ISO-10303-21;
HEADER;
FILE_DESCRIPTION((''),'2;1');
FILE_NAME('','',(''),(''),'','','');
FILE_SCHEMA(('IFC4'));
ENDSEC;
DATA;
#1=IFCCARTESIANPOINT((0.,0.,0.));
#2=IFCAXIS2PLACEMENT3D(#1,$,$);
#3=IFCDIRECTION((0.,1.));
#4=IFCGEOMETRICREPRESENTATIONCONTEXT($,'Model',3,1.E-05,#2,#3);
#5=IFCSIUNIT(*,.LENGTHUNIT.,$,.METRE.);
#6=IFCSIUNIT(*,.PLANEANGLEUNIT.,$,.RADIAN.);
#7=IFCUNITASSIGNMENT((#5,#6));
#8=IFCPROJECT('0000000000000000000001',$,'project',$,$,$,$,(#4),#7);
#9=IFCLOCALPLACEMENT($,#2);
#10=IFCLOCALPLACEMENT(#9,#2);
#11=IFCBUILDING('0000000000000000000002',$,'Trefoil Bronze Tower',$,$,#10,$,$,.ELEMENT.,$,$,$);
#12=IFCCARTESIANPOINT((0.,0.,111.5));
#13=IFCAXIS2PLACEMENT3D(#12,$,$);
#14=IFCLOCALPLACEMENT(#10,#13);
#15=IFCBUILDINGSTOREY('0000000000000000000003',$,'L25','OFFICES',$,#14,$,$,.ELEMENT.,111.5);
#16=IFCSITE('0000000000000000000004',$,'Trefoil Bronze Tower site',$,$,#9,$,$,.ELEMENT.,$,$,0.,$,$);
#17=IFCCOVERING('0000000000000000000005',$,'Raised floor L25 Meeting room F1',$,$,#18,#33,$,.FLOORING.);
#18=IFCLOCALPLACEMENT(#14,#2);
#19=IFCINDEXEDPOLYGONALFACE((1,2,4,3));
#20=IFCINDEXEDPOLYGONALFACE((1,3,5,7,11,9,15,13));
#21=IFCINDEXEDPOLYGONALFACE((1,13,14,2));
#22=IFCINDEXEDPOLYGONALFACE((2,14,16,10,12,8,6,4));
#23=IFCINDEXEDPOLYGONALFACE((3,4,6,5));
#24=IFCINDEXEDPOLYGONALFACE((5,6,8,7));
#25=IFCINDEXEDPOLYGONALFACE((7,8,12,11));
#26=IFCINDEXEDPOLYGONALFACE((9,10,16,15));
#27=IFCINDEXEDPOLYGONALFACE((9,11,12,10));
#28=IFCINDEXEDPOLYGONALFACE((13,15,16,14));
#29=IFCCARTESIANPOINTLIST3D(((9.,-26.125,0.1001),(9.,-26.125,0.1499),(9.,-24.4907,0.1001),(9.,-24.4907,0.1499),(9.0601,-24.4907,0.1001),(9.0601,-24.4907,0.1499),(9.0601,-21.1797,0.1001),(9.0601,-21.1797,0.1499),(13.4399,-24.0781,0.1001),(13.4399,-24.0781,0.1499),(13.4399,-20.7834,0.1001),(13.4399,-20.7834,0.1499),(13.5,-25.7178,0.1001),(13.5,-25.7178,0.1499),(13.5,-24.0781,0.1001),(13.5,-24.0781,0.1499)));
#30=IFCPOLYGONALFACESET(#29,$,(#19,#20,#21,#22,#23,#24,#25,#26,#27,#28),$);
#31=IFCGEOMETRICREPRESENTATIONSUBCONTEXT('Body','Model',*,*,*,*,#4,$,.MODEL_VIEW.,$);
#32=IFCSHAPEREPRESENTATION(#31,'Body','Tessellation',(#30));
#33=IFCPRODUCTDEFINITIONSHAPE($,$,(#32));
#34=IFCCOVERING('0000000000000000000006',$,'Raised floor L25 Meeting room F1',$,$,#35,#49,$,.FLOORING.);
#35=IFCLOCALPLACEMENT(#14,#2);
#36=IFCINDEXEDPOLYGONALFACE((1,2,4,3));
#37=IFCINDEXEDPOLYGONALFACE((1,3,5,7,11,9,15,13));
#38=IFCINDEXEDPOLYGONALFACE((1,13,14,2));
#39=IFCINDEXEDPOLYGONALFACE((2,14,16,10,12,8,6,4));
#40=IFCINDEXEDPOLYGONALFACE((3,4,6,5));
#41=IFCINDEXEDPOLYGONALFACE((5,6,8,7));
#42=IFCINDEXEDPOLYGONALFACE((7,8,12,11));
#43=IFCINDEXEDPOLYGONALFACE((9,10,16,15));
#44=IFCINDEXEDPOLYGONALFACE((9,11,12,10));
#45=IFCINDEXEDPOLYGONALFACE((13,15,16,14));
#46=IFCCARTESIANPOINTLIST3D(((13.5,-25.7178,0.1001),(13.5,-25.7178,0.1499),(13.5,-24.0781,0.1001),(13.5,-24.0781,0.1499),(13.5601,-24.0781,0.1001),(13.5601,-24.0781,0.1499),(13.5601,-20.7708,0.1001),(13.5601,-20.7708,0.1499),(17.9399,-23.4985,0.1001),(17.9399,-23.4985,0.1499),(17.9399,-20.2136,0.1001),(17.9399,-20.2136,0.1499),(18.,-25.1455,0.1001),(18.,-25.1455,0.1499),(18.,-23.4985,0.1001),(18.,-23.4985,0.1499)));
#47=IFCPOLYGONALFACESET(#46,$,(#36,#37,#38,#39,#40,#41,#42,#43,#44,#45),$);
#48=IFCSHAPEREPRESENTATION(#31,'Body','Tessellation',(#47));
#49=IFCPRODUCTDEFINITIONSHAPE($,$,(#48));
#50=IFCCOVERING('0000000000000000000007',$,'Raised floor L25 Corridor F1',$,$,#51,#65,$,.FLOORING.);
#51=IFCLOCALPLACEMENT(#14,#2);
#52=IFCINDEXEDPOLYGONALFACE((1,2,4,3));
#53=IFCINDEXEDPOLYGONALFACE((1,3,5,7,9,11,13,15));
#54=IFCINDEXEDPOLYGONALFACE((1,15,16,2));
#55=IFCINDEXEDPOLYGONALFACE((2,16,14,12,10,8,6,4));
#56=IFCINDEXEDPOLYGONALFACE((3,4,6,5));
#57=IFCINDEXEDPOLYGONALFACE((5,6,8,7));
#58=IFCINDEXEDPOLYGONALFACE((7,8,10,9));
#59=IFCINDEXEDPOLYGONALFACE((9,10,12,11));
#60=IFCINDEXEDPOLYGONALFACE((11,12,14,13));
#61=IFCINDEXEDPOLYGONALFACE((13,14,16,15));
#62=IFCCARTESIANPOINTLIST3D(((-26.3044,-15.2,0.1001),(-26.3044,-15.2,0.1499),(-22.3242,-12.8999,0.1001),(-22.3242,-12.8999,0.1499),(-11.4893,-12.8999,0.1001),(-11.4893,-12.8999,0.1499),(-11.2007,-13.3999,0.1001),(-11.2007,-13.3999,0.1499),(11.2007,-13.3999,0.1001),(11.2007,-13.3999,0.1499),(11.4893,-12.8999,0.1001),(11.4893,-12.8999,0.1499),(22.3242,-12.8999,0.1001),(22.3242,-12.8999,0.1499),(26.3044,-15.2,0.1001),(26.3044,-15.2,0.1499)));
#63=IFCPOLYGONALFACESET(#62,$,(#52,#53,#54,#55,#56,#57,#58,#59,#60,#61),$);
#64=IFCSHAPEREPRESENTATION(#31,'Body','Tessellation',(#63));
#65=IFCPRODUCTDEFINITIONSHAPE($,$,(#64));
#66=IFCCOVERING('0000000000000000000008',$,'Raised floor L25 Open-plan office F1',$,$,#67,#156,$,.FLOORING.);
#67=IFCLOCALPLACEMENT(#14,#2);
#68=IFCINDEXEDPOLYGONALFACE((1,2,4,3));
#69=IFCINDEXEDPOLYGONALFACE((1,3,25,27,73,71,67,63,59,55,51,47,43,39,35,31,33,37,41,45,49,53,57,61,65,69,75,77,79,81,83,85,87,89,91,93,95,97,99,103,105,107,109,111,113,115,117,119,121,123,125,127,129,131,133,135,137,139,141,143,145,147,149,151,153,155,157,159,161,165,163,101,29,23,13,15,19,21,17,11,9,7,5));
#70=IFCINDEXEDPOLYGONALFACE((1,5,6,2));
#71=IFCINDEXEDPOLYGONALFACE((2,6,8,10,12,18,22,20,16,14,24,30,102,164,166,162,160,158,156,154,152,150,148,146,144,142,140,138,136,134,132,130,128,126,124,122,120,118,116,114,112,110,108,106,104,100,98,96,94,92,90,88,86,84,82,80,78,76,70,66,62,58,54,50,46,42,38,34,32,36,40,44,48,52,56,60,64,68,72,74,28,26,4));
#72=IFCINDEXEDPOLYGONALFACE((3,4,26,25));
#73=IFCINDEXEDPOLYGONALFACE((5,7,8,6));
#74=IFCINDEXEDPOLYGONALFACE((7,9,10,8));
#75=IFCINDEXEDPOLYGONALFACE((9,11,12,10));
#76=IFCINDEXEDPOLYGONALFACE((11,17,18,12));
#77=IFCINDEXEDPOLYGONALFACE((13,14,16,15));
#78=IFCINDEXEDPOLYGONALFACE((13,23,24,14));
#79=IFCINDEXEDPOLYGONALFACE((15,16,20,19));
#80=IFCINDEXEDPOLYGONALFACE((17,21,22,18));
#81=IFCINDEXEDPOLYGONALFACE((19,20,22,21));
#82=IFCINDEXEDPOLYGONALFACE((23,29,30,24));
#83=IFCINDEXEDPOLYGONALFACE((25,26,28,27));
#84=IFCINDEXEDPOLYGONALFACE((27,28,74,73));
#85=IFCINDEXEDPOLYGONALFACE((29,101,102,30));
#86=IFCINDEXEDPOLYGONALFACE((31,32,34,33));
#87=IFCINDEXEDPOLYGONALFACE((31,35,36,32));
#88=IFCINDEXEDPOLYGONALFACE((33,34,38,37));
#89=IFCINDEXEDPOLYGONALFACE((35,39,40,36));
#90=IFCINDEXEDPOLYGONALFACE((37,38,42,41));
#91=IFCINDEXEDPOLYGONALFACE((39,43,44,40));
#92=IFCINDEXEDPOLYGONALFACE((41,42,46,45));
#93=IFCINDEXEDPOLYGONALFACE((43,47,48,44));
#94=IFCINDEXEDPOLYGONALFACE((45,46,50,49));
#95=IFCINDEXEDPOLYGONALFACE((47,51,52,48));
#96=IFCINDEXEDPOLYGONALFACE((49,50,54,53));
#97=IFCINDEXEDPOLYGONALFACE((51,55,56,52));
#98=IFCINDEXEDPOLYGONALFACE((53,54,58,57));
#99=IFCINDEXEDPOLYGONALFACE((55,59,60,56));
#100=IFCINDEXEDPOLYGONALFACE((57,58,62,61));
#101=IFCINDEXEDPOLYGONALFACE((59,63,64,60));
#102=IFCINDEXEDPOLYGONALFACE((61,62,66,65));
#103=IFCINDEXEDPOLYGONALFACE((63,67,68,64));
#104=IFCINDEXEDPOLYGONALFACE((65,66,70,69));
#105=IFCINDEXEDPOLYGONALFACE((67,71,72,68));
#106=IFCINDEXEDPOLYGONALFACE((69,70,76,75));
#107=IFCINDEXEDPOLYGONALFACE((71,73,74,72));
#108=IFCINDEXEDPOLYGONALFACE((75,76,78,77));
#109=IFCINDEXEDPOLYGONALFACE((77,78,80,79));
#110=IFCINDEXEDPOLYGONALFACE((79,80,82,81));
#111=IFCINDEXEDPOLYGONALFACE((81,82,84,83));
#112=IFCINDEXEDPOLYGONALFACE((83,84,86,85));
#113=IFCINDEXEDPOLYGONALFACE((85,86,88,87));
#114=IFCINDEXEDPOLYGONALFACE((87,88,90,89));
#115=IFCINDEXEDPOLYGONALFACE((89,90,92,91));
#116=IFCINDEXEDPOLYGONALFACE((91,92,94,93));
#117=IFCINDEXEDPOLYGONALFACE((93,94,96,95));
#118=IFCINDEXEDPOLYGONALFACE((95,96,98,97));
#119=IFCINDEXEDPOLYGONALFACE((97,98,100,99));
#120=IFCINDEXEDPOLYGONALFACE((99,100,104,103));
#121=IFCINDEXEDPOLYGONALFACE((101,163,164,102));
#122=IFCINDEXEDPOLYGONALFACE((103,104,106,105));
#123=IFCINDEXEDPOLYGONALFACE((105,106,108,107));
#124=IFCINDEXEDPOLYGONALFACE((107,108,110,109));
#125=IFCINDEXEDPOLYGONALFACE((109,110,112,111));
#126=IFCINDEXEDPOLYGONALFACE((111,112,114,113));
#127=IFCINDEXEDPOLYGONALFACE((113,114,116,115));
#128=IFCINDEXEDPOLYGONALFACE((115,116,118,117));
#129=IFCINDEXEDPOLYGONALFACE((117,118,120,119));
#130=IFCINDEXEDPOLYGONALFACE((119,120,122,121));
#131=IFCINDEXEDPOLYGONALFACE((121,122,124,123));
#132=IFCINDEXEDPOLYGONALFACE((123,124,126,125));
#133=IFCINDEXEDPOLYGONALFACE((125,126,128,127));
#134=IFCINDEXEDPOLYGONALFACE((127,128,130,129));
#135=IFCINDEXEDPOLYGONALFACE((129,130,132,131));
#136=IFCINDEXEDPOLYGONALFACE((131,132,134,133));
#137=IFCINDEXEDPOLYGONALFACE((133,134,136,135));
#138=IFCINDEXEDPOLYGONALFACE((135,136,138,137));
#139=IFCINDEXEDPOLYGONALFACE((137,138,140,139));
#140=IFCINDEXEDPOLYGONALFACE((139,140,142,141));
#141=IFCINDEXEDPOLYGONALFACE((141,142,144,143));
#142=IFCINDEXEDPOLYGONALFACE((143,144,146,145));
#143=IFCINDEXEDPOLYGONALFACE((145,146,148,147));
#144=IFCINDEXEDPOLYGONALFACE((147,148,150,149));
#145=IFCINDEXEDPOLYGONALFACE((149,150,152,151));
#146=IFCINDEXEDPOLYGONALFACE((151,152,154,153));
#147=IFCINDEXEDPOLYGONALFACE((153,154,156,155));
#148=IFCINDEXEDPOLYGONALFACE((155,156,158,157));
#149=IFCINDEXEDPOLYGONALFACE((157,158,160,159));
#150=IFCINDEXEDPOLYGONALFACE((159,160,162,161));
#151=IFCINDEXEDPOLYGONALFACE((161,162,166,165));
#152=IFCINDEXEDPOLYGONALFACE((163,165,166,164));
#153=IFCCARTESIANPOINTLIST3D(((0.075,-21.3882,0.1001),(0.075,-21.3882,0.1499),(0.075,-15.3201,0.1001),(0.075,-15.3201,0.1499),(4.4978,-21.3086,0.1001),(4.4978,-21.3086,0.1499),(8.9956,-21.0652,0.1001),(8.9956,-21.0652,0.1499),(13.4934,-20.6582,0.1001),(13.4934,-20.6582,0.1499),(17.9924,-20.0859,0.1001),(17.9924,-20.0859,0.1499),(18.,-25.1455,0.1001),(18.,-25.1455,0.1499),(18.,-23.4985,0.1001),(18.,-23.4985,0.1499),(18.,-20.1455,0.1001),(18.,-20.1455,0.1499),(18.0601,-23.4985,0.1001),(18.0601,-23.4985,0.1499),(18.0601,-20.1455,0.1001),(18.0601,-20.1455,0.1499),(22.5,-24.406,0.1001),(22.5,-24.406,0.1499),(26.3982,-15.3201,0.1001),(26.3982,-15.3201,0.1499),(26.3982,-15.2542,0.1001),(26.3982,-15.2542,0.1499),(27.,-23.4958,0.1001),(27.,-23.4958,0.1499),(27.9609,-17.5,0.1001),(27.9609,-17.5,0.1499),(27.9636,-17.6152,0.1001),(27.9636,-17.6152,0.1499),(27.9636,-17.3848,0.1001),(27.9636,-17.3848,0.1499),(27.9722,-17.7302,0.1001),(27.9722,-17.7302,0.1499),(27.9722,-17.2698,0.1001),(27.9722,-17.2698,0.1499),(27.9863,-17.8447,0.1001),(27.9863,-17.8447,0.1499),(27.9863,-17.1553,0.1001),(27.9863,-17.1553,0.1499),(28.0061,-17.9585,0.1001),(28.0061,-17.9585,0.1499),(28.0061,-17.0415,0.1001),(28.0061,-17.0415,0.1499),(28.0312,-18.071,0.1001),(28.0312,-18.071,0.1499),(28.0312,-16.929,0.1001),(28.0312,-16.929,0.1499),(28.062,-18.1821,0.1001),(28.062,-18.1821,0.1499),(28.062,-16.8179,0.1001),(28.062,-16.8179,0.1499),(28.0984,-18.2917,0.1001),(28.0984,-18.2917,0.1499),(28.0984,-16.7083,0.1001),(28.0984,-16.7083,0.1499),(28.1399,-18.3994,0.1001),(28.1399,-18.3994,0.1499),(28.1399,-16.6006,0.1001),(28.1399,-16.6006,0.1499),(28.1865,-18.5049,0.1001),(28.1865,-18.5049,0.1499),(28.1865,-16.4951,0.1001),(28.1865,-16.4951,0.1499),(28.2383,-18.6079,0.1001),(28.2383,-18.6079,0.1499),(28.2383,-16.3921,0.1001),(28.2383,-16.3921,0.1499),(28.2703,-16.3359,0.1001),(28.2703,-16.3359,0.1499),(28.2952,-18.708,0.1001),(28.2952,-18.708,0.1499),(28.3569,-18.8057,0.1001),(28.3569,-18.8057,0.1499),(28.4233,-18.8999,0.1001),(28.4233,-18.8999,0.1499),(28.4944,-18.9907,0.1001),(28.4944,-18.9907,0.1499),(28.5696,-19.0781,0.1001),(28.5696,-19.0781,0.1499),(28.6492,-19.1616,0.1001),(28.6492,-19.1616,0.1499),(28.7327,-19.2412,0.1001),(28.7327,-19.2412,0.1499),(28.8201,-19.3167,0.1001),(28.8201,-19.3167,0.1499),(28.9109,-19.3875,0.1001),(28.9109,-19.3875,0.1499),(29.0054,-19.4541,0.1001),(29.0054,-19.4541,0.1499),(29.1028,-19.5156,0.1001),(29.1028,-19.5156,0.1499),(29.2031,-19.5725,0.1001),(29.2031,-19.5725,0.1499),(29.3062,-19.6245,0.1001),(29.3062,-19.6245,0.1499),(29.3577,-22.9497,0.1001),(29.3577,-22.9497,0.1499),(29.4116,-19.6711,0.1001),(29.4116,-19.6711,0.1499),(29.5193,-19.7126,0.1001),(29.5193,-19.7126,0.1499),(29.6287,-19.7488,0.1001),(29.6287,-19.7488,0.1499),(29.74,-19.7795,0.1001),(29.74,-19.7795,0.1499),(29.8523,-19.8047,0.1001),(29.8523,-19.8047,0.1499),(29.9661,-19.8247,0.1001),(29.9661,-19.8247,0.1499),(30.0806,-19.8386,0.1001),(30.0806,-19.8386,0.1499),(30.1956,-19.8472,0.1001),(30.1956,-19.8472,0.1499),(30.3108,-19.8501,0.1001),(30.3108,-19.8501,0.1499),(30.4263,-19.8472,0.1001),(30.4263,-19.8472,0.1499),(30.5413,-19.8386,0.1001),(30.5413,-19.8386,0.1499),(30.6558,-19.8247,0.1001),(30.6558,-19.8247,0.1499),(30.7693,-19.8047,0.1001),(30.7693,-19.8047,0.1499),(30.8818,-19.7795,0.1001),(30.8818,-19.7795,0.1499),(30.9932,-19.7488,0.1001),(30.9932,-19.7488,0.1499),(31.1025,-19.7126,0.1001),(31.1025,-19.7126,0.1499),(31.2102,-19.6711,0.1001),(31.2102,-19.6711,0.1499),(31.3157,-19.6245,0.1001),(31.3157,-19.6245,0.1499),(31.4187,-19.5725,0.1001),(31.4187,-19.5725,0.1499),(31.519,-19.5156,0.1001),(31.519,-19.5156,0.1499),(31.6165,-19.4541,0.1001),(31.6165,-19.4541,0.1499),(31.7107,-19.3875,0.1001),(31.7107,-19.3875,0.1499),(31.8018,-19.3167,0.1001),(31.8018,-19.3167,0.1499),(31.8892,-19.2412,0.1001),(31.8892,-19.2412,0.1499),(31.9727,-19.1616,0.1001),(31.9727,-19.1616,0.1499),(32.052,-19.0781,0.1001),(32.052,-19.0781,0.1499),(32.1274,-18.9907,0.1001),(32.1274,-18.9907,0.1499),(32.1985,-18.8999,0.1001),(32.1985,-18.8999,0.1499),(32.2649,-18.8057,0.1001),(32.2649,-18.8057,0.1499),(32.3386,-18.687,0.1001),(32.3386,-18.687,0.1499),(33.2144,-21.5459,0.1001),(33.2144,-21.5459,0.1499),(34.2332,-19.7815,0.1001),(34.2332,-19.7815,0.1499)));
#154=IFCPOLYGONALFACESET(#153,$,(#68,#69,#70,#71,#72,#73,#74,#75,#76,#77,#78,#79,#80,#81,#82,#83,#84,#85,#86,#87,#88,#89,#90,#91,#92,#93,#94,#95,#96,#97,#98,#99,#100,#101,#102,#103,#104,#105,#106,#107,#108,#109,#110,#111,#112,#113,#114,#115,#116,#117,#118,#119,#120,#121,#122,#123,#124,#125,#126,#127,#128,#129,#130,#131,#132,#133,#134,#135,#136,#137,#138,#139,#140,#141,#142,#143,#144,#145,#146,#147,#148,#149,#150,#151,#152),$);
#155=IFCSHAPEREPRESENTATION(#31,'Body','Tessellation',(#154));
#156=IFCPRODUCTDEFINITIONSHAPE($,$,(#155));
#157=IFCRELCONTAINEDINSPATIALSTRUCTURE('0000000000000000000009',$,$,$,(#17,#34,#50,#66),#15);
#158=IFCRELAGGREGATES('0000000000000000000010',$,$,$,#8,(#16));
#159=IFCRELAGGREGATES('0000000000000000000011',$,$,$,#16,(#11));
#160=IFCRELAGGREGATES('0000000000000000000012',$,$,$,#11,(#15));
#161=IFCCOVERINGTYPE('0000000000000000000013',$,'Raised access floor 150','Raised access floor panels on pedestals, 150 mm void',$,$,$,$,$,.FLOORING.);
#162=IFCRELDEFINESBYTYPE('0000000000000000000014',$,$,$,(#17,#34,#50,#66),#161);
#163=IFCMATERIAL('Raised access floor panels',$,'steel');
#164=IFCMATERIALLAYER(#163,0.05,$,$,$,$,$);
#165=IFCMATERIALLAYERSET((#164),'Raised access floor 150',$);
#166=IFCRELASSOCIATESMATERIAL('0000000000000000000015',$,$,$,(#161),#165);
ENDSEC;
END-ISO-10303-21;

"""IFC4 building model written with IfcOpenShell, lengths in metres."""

from ifc_helpers import new_model, si_unit, direction, frame, origin, place, context, subcontext, project, spatial, polyline, outline, extrude, material, layer, layer_set, type_object, element, save


model = new_model("IFC4")

# Units and contexts
model_context = context("Model", 3, precision=1e-05, world=origin(), true_north=direction((0.0, 1.0)))
body_context = subcontext(model_context, "Body", "Model", "MODEL_VIEW")
ifc_project = project(units=[si_unit("LENGTHUNIT", "METRE"), si_unit("PLANEANGLEUNIT", "RADIAN")], contexts=[model_context])

# Site, building, storey
site_placement = place(None, origin())
site = spatial("IfcSite", under=ifc_project, at=site_placement, Name="Trefoil Bronze Tower site", CompositionType="ELEMENT", RefElevation=0.0)
building_placement = place(site_placement, origin())
building = spatial("IfcBuilding", under=site, at=building_placement, Name="Trefoil Bronze Tower", CompositionType="ELEMENT")
storey_placement = place(building_placement, frame((0.0, 0.0, 111.5)))
storey = spatial("IfcBuildingStorey", under=building, at=storey_placement, Name="L25", Description="OFFICES", CompositionType="ELEMENT", Elevation=111.5)

# Coverings
ifc_material_1 = material(Name="Raised access floor panels", Category="steel")
ifc_layer_1 = layer(ifc_material_1, 0.05)
ifc_layer_set_1 = layer_set([ifc_layer_1], Name="Raised access floor 150")
covering_type_1 = type_object("IfcCoveringType", Name="Raised access floor 150", Description="Raised access floor panels on pedestals, 150 mm void", PredefinedType="FLOORING", material=ifc_layer_set_1)
covering_1_placement = place(storey_placement, frame((0.0, 0.0, 0.1001)))
element("IfcCovering", 1, at=covering_1_placement, inside=storey, type_object=covering_type_1, Name="Raised floor L25 Meeting room F1", PredefinedType="FLOORING", context=body_context, shape_type="SweptSolid", body=[
    extrude(outline(polyline([(13.5, -25.7178), (9.0, -26.125), (9.0, -24.4907), (9.0601, -24.4907), (9.0601, -21.1797), (13.4399, -20.7834), (13.4399, -24.0781), (13.5, -24.0781), (13.5, -25.7178)])), origin(), (0.0, 0.0, 1.0), 0.0498),
])
covering_2_placement = place(storey_placement, frame((0.0, 0.0, 0.1001)))
element("IfcCovering", 2, at=covering_2_placement, inside=storey, type_object=covering_type_1, Name="Raised floor L25 Meeting room F1", PredefinedType="FLOORING", context=body_context, shape_type="SweptSolid", body=[
    extrude(outline(polyline([(18.0, -25.1455), (13.5, -25.7178), (13.5, -24.0781), (13.5601, -24.0781), (13.5601, -20.7708), (17.9399, -20.2136), (17.9399, -23.4985), (18.0, -23.4985), (18.0, -25.1455)])), origin(), (0.0, 0.0, 1.0), 0.0498),
])
covering_3_placement = place(storey_placement, frame((0.0, 0.0, 0.1001)))
element("IfcCovering", 3, at=covering_3_placement, inside=storey, type_object=covering_type_1, Name="Raised floor L25 Corridor F1", PredefinedType="FLOORING", context=body_context, shape_type="SweptSolid", body=[
    extrude(outline(polyline([(-26.3044, -15.2), (-22.3242, -12.8999), (-11.4893, -12.8999), (-11.2007, -13.3999), (11.2007, -13.3999), (11.4893, -12.8999), (22.3242, -12.8999), (26.3044, -15.2), (-26.3044, -15.2)])), origin(), (0.0, 0.0, 1.0), 0.0498),
])
covering_4_placement = place(storey_placement, frame((0.0, 0.0, 0.1001)))
element("IfcCovering", 4, at=covering_4_placement, inside=storey, type_object=covering_type_1, Name="Raised floor L25 Open-plan office F1", PredefinedType="FLOORING", context=body_context, shape_type="SweptSolid", body=[
    extrude(outline(polyline([(18.0, -23.4985), (18.0601, -23.4985), (18.0601, -20.1455), (18.0, -20.1455), (17.9924, -20.0859), (13.4934, -20.6582), (8.9956, -21.0652), (4.4978, -21.3086), (0.075, -21.3882), (0.075, -15.3201), (26.3982, -15.3201), (26.3982, -15.2542), (28.2703, -16.3359), (28.2383, -16.3921), (28.1865, -16.4951), (28.1399, -16.6006), (28.0984, -16.7083), (28.062, -16.8179), (28.0312, -16.929), (28.0061, -17.0415), (27.9863, -17.1553), (27.9722, -17.2698), (27.9636, -17.3848), (27.9609, -17.5), (27.9636, -17.6152), (27.9722, -17.7302), (27.9863, -17.8447), (28.0061, -17.9585), (28.0312, -18.071), (28.062, -18.1821), (28.0984, -18.2917), (28.1399, -18.3994), (28.1865, -18.5049), (28.2383, -18.6079), (28.2952, -18.708), (28.3569, -18.8057), (28.4233, -18.8999), (28.4944, -18.9907), (28.5696, -19.0781), (28.6492, -19.1616), (28.7327, -19.2412), (28.8201, -19.3167), (28.9109, -19.3875), (29.0054, -19.4541), (29.1028, -19.5156), (29.2031, -19.5725), (29.3062, -19.6245), (29.4116, -19.6711), (29.5193, -19.7126), (29.6287, -19.7488), (29.74, -19.7795), (29.8523, -19.8047), (29.9661, -19.8247), (30.0806, -19.8386), (30.1956, -19.8472), (30.3108, -19.8501), (30.4263, -19.8472), (30.5413, -19.8386), (30.6558, -19.8247), (30.7693, -19.8047), (30.8818, -19.7795), (30.9932, -19.7488), (31.1025, -19.7126), (31.2102, -19.6711), (31.3157, -19.6245), (31.4187, -19.5725), (31.519, -19.5156), (31.6165, -19.4541), (31.7107, -19.3875), (31.8018, -19.3167), (31.8892, -19.2412), (31.9727, -19.1616), (32.052, -19.0781), (32.1274, -18.9907), (32.1985, -18.8999), (32.2649, -18.8057), (32.3386, -18.687), (34.2332, -19.7815), (33.2144, -21.5459), (29.3577, -22.9497), (27.0, -23.4958), (22.5, -24.406), (18.0, -25.1455), (18.0, -23.4985)])), origin(), (0.0, 0.0, 1.0), 0.0498),
])

save(model, "model.ifc")
